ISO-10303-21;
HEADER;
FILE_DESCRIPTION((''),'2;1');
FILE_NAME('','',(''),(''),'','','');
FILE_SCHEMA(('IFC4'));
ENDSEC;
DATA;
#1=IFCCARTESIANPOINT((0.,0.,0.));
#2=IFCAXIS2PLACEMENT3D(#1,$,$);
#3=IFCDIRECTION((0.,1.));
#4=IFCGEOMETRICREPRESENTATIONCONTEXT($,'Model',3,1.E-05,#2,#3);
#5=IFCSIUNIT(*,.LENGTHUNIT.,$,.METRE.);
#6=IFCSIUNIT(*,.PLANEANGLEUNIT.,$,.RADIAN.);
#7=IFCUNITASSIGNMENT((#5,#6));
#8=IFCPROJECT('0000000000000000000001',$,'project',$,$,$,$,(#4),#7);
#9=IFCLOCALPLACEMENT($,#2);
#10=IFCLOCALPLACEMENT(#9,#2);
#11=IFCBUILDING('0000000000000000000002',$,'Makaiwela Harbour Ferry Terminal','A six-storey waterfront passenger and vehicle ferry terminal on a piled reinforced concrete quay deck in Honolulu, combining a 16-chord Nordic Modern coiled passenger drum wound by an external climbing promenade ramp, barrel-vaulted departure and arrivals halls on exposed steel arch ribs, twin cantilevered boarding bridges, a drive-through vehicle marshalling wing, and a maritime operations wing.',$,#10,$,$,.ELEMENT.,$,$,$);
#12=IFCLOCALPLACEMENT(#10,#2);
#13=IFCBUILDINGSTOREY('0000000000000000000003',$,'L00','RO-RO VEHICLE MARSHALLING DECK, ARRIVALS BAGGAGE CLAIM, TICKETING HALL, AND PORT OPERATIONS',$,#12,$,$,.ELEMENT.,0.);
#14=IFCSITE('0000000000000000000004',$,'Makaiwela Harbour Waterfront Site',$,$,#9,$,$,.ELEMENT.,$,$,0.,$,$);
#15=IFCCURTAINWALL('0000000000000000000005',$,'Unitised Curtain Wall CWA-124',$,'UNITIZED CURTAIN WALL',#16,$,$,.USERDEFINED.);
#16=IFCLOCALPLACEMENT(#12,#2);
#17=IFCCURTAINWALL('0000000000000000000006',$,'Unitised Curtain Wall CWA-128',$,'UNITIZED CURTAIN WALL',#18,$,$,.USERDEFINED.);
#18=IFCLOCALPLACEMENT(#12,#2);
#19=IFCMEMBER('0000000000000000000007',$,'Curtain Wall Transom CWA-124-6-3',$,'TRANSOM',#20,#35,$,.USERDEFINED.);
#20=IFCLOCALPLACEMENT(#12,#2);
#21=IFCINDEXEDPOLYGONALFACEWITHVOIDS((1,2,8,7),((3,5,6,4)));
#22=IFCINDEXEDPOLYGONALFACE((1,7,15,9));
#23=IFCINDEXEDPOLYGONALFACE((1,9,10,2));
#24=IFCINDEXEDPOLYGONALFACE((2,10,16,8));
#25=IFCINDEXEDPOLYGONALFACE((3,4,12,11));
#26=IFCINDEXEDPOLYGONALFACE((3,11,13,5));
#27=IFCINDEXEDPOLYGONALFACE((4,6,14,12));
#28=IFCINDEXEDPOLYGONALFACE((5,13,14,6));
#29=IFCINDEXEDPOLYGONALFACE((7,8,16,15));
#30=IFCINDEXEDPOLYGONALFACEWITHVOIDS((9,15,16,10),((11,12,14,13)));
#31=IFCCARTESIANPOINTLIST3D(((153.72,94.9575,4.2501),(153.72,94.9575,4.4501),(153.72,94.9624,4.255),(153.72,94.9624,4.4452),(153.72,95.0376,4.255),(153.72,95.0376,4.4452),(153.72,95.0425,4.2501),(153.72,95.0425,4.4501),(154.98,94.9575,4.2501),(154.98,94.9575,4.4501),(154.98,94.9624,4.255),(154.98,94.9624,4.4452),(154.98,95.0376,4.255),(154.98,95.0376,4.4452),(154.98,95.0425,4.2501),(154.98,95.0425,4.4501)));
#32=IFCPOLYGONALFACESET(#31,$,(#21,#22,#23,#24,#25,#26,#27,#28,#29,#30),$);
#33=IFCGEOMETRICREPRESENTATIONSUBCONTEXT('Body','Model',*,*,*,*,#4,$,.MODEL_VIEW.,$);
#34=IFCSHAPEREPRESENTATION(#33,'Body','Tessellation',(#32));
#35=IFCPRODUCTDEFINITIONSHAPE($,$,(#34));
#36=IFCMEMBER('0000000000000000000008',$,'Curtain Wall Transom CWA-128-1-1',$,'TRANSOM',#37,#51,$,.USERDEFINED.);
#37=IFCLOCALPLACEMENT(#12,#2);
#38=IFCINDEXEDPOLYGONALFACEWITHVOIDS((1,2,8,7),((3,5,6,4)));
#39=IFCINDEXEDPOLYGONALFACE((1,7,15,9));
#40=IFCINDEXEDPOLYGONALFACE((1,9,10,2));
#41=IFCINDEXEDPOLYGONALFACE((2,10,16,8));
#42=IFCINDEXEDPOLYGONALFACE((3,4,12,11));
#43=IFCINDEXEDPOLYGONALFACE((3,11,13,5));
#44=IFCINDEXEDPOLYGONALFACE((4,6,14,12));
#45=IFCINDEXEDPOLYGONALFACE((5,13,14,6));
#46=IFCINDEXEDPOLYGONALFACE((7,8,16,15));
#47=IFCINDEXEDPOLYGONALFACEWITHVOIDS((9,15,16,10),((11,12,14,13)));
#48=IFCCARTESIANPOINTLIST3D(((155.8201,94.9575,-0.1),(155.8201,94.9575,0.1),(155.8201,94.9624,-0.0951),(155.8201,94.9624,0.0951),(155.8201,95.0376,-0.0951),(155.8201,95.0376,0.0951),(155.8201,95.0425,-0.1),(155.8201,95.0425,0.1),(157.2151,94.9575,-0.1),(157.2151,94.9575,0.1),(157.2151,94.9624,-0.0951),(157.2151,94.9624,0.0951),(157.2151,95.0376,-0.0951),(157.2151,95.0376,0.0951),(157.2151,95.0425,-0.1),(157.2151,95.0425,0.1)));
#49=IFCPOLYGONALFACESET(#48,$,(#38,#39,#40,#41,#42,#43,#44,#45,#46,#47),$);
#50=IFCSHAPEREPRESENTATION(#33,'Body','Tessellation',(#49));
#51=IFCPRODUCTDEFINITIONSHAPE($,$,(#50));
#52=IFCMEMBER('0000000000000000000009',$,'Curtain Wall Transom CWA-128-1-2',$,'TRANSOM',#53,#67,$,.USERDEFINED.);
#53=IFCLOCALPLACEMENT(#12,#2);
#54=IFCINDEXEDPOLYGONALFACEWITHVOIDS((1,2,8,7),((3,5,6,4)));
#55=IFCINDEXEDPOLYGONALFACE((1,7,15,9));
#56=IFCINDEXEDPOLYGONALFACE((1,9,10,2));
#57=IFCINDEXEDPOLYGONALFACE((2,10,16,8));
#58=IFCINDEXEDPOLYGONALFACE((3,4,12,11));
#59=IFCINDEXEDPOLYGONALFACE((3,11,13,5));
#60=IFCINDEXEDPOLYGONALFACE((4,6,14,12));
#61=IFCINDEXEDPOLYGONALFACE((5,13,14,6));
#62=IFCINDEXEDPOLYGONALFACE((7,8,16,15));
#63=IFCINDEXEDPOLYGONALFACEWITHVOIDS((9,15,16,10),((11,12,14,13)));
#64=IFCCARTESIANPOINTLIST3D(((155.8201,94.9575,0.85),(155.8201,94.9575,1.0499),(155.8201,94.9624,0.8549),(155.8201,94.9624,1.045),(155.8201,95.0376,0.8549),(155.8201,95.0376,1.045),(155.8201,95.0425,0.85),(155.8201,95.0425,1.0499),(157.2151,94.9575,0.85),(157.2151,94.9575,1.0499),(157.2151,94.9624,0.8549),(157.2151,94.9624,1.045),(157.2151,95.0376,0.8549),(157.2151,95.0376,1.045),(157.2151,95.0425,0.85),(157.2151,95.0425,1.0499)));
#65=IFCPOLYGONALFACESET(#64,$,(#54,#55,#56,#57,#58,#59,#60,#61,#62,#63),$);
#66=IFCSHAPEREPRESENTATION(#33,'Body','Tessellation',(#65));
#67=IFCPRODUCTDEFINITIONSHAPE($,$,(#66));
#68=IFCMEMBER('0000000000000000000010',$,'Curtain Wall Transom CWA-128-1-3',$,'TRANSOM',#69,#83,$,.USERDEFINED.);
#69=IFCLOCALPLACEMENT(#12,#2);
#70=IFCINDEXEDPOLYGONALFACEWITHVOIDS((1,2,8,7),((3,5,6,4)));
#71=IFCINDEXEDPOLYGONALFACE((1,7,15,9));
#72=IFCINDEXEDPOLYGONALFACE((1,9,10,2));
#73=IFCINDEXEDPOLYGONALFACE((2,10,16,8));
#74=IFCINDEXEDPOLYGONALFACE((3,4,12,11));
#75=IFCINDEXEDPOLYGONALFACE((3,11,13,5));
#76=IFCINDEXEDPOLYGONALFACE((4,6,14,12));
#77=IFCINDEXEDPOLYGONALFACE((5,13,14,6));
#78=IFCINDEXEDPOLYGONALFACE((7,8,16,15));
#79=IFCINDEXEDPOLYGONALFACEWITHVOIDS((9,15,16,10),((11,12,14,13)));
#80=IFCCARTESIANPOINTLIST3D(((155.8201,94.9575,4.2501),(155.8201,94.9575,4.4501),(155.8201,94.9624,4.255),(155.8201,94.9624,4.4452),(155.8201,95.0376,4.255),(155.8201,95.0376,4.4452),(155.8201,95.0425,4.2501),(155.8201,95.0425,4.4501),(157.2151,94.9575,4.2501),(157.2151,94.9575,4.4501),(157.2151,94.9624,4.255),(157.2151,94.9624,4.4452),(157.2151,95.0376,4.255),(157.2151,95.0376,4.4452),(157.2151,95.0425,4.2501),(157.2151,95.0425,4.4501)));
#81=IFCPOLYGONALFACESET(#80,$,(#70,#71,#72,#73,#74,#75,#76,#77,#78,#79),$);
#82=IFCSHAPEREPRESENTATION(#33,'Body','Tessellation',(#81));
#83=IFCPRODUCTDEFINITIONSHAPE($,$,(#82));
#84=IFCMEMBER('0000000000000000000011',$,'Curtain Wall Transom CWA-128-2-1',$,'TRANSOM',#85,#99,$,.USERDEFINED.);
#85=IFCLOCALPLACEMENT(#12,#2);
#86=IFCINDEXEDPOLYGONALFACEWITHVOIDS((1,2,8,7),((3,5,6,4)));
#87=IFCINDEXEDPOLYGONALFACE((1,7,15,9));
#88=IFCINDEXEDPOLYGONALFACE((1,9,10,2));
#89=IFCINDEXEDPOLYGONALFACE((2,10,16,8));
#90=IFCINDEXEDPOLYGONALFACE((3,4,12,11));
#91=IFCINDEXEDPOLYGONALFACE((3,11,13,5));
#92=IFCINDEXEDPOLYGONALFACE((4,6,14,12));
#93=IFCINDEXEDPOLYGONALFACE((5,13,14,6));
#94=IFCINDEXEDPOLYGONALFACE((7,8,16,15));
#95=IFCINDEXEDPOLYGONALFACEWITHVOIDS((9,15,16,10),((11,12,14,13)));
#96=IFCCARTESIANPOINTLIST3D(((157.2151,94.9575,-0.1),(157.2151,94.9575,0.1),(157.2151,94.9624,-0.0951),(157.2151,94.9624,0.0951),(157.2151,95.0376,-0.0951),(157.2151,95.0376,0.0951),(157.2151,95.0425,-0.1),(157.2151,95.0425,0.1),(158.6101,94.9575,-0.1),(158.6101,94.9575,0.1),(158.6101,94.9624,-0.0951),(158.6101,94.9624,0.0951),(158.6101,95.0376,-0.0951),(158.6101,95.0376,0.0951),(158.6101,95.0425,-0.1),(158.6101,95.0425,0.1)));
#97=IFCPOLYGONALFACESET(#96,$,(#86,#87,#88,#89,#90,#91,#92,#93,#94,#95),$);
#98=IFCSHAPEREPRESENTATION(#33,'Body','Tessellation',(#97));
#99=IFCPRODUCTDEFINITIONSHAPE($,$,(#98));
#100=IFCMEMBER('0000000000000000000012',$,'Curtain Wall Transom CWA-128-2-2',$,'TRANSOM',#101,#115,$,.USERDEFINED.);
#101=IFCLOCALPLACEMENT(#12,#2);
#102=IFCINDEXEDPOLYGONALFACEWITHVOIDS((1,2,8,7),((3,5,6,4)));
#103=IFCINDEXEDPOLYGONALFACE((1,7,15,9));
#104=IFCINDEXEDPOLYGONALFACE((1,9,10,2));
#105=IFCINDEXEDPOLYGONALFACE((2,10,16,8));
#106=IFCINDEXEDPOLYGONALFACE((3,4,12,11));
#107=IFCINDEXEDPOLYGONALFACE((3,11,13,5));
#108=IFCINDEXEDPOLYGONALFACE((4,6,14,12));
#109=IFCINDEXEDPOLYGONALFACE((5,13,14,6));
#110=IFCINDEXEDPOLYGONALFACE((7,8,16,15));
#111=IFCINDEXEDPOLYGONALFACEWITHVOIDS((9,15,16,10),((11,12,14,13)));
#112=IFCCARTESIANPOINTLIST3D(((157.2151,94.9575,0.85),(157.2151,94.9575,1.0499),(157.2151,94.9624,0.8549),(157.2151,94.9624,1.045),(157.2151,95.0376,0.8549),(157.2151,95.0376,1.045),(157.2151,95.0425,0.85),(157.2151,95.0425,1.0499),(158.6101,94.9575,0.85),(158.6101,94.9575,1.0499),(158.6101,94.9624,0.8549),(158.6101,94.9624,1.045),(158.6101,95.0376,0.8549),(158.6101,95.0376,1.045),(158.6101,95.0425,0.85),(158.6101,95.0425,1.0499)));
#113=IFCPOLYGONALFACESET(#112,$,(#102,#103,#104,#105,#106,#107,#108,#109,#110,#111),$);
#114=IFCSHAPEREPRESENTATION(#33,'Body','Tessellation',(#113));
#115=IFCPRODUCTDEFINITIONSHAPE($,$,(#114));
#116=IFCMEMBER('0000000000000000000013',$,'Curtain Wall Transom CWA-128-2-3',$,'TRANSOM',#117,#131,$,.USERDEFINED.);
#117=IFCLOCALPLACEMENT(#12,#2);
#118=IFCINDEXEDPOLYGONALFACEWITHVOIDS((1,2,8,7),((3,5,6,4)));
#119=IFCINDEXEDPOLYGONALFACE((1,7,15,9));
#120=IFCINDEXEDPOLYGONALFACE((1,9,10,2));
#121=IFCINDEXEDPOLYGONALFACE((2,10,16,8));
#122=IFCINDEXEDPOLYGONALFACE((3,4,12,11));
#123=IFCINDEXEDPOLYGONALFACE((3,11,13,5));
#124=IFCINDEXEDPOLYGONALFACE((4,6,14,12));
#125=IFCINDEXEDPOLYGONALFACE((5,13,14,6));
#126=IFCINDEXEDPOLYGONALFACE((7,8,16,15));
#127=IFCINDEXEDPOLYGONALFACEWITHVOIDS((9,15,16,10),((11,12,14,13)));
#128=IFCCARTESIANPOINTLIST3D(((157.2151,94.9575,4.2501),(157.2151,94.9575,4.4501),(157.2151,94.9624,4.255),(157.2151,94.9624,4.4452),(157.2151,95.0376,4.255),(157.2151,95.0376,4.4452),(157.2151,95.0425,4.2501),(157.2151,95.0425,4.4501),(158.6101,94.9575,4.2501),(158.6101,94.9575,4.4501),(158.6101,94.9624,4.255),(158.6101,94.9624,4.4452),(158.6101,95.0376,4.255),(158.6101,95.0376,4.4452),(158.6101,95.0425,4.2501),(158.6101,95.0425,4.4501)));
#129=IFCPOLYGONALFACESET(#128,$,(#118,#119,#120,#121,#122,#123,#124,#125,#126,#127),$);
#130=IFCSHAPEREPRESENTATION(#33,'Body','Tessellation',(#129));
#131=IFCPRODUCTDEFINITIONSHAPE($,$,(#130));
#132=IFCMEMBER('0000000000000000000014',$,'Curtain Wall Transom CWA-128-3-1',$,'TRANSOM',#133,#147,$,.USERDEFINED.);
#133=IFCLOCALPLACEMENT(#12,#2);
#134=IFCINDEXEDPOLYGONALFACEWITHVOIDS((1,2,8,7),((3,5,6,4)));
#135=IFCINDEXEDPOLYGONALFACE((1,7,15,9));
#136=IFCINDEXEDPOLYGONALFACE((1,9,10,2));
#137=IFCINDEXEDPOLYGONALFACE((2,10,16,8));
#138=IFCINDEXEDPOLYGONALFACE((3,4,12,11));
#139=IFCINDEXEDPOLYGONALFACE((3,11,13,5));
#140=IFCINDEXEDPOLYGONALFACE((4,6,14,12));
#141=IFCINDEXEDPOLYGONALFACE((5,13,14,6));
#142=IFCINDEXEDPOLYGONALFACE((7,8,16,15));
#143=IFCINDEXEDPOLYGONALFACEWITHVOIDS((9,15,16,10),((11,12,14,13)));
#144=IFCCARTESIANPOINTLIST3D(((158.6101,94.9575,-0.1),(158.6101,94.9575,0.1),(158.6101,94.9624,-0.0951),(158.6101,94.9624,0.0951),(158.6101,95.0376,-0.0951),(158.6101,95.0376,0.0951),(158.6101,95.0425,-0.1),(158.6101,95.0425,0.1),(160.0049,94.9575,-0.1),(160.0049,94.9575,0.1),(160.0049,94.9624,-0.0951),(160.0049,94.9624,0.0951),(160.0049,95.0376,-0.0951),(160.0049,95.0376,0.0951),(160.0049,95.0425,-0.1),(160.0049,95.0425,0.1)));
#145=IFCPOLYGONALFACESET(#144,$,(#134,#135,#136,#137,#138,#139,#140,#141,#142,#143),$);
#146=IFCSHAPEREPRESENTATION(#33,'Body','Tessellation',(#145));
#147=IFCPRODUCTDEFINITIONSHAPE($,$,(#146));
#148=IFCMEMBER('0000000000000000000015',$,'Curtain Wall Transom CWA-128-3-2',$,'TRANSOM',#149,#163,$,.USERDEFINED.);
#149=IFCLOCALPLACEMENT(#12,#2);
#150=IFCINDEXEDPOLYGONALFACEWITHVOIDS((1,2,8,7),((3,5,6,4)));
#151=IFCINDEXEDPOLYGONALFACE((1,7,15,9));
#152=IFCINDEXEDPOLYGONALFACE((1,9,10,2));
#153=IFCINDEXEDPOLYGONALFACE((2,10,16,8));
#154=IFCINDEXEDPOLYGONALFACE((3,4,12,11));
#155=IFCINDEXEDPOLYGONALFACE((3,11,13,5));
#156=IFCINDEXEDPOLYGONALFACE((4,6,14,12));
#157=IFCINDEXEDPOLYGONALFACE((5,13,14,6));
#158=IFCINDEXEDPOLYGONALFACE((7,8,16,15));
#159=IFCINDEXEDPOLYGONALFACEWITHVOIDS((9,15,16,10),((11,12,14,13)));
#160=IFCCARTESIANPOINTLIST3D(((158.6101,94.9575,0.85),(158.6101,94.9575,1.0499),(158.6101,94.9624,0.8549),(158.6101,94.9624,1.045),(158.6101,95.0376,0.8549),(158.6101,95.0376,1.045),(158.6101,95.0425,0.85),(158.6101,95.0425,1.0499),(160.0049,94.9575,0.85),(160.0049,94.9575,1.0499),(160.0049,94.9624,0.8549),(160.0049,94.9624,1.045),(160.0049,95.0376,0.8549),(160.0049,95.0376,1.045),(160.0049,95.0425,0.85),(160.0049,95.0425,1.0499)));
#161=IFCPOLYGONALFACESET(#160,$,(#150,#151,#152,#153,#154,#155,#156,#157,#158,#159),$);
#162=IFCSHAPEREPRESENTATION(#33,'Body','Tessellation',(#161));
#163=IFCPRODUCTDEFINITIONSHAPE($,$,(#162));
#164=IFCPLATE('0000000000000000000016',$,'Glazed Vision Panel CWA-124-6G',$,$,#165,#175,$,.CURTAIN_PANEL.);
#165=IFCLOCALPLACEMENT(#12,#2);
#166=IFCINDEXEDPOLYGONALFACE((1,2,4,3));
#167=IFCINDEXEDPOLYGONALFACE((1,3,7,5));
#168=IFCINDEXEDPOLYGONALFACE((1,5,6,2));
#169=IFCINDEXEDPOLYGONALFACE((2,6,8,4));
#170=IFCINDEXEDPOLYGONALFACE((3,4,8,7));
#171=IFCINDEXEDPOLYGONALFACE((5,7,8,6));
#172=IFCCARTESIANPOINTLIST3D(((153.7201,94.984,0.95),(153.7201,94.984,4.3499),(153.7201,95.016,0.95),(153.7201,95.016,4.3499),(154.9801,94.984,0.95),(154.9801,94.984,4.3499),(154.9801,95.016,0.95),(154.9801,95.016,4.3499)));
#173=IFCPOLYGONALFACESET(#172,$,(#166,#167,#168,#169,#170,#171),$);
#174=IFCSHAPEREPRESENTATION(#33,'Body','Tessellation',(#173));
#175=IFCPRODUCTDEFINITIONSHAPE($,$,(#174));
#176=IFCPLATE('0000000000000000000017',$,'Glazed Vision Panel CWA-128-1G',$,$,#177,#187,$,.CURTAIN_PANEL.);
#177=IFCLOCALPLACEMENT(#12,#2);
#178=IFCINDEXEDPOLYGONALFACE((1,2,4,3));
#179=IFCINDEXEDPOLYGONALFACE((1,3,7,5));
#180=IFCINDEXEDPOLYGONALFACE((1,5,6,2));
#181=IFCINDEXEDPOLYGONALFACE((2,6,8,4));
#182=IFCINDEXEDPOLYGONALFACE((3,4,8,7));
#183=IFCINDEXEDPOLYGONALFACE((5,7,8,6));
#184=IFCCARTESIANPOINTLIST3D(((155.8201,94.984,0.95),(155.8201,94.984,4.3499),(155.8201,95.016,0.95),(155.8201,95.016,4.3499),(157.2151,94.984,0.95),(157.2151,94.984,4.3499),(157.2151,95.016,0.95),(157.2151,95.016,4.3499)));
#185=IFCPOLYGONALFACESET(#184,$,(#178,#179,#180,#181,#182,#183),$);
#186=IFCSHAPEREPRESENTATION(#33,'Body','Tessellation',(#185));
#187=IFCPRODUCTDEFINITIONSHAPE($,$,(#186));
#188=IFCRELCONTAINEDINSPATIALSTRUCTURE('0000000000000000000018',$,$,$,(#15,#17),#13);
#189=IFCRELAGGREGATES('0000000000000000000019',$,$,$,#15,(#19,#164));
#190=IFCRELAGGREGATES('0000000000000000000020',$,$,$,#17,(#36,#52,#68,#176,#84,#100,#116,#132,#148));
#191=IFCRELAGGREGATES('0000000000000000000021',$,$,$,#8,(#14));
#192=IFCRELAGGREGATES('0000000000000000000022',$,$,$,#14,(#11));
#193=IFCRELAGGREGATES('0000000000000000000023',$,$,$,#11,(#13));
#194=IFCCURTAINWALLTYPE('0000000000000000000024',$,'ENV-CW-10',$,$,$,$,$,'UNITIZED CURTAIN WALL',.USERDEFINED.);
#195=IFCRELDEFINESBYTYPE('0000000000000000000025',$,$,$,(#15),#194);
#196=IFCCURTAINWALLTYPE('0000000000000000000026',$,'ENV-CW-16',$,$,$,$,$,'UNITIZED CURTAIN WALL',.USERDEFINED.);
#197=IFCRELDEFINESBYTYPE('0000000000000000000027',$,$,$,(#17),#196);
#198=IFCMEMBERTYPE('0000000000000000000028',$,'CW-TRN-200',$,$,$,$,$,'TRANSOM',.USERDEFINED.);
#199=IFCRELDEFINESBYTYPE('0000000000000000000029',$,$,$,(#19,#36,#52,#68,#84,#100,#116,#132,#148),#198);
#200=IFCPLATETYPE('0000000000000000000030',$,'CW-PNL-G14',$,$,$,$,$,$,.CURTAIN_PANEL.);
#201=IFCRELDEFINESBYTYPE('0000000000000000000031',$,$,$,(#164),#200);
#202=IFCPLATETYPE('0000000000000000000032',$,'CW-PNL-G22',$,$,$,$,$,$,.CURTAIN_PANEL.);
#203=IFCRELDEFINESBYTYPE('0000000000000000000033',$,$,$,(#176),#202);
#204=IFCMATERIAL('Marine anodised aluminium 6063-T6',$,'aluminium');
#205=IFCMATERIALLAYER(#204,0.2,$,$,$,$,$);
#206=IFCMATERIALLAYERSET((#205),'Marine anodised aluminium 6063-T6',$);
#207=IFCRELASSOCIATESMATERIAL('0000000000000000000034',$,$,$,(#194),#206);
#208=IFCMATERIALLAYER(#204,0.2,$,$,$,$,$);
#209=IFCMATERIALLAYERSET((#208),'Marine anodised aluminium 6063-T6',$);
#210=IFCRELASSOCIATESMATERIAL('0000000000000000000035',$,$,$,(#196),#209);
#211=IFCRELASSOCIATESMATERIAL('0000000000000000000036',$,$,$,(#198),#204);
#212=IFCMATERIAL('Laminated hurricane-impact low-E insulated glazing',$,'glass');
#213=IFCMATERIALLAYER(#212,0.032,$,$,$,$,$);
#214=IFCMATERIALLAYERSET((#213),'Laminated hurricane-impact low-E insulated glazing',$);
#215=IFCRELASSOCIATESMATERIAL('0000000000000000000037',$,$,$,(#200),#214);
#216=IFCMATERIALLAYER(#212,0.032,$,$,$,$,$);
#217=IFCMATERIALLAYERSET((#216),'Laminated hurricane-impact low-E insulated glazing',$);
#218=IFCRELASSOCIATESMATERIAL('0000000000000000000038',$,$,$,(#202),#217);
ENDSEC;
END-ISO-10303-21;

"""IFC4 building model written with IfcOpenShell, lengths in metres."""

from ifc_helpers import new_model, si_unit, direction, frame, origin, origin_2d, place, context, subcontext, project, spatial, rectangle, hollow_rectangle, extrude, material, layer, layer_set, material_profile, profile_set, type_object, element, aggregate, save


model = new_model("IFC4")

# Units and contexts
model_context = context("Model", 3, precision=1e-05, world=origin(), true_north=direction((0.0, 1.0)))
body_context = subcontext(model_context, "Body", "Model", "MODEL_VIEW")
ifc_project = project(units=[si_unit("LENGTHUNIT", "METRE"), si_unit("PLANEANGLEUNIT", "RADIAN")], contexts=[model_context])

# Site, building, storey
site_placement = place(None, origin())
site = spatial("IfcSite", under=ifc_project, at=site_placement, Name="Makaiwela Harbour Waterfront Site", CompositionType="ELEMENT", RefElevation=0.0)
building_placement = place(site_placement, origin())
building = spatial("IfcBuilding", under=site, at=building_placement, Name="Makaiwela Harbour Ferry Terminal", Description="A six-storey waterfront passenger and vehicle ferry terminal on a piled reinforced concrete quay deck in Honolulu, combining a 16-chord Nordic Modern coiled passenger drum wound by an external climbing promenade ramp, barrel-vaulted departure and arrivals halls on exposed steel arch ribs, twin cantilevered boarding bridges, a drive-through vehicle marshalling wing, and a maritime operations wing.", CompositionType="ELEMENT")
storey_placement = place(building_placement, origin())
storey = spatial("IfcBuildingStorey", under=building, at=storey_placement, Name="L00", Description="RO-RO VEHICLE MARSHALLING DECK, ARRIVALS BAGGAGE CLAIM, TICKETING HALL, AND PORT OPERATIONS", CompositionType="ELEMENT", Elevation=0.0)

# Curtain wall
ifc_material_1 = material(Name="Marine anodised aluminium 6063-T6", Category="aluminium")
ifc_layer_1 = layer(ifc_material_1, 0.2)
ifc_layer_set_1 = layer_set([ifc_layer_1], Name="Marine anodised aluminium 6063-T6")
curtain_wall_type_1 = type_object("IfcCurtainWallType", Name="ENV-CW-10", ElementType="UNITIZED CURTAIN WALL", PredefinedType="USERDEFINED", material=ifc_layer_set_1)
curtain_wall_1_placement = place(storey_placement, origin())
curtain_wall_1 = element("IfcCurtainWall", 1, at=curtain_wall_1_placement, inside=storey, type_object=curtain_wall_type_1, Name="Unitised Curtain Wall CWA-124", ObjectType="UNITIZED CURTAIN WALL", PredefinedType="USERDEFINED")

# Curtain wall
ifc_layer_2 = layer(ifc_material_1, 0.2)
ifc_layer_set_2 = layer_set([ifc_layer_2], Name="Marine anodised aluminium 6063-T6")
curtain_wall_type_2 = type_object("IfcCurtainWallType", Name="ENV-CW-16", ElementType="UNITIZED CURTAIN WALL", PredefinedType="USERDEFINED", material=ifc_layer_set_2)
curtain_wall_2_placement = place(storey_placement, origin())
curtain_wall_2 = element("IfcCurtainWall", 2, at=curtain_wall_2_placement, inside=storey, type_object=curtain_wall_type_2, Name="Unitised Curtain Wall CWA-128", ObjectType="UNITIZED CURTAIN WALL", PredefinedType="USERDEFINED")

# Members
ifc_material_profile_1 = material_profile(ifc_material_1, hollow_rectangle(XDim=0.085, YDim=0.2, WallThickness=0.0049, at=origin_2d()), Name="CWT-200X85")
ifc_profile_set_1 = profile_set([ifc_material_profile_1], Name="Marine anodised aluminium 6063-T6")
member_type_1 = type_object("IfcMemberType", Name="CW-TRN-200", ElementType="TRANSOM", PredefinedType="USERDEFINED", material=ifc_profile_set_1)
member_1_placement = place(storey_placement, frame((153.72, 95.0, 4.3501), z_axis=(1.0, 0.0, 0.0), x_axis=(0.0, 1.0, 0.0)))
member_1 = element("IfcMember", 3, at=member_1_placement, type_object=member_type_1, Name="Curtain Wall Transom CWA-124-6-3", ObjectType="TRANSOM", PredefinedType="USERDEFINED", context=body_context, shape_type="SweptSolid", body=[
    extrude(hollow_rectangle(XDim=0.085, YDim=0.2, WallThickness=0.0049, at=origin_2d()), origin(), (0.0, 0.0, 1.0), 1.26),
])
member_2_placement = place(storey_placement, frame((155.8201, 95.0, 0.0), z_axis=(1.0, 0.0, 0.0), x_axis=(0.0, 1.0, 0.0)))
member_2 = element("IfcMember", 4, at=member_2_placement, type_object=member_type_1, Name="Curtain Wall Transom CWA-128-1-1", ObjectType="TRANSOM", PredefinedType="USERDEFINED", context=body_context, shape_type="SweptSolid", body=[
    extrude(hollow_rectangle(XDim=0.085, YDim=0.2, WallThickness=0.0049, at=origin_2d()), origin(), (0.0, 0.0, 1.0), 1.395),
])
member_3_placement = place(storey_placement, frame((155.8201, 95.0, 0.95), z_axis=(1.0, 0.0, 0.0), x_axis=(0.0, 1.0, 0.0)))
member_3 = element("IfcMember", 5, at=member_3_placement, type_object=member_type_1, Name="Curtain Wall Transom CWA-128-1-2", ObjectType="TRANSOM", PredefinedType="USERDEFINED", context=body_context, shape_type="SweptSolid", body=[
    extrude(hollow_rectangle(XDim=0.085, YDim=0.2, WallThickness=0.0049, at=origin_2d()), origin(), (0.0, 0.0, 1.0), 1.395),
])
member_4_placement = place(storey_placement, frame((155.8201, 95.0, 4.3501), z_axis=(1.0, 0.0, 0.0), x_axis=(0.0, 1.0, 0.0)))
member_4 = element("IfcMember", 6, at=member_4_placement, type_object=member_type_1, Name="Curtain Wall Transom CWA-128-1-3", ObjectType="TRANSOM", PredefinedType="USERDEFINED", context=body_context, shape_type="SweptSolid", body=[
    extrude(hollow_rectangle(XDim=0.085, YDim=0.2, WallThickness=0.0049, at=origin_2d()), origin(), (0.0, 0.0, 1.0), 1.395),
])
member_5_placement = place(storey_placement, frame((157.2151, 95.0, 0.0), z_axis=(1.0, 0.0, 0.0), x_axis=(0.0, 1.0, 0.0)))
member_5 = element("IfcMember", 7, at=member_5_placement, type_object=member_type_1, Name="Curtain Wall Transom CWA-128-2-1", ObjectType="TRANSOM", PredefinedType="USERDEFINED", context=body_context, shape_type="SweptSolid", body=[
    extrude(hollow_rectangle(XDim=0.085, YDim=0.2, WallThickness=0.0049, at=origin_2d()), origin(), (0.0, 0.0, 1.0), 1.395),
])
member_6_placement = place(storey_placement, frame((157.2151, 95.0, 0.95), z_axis=(1.0, 0.0, 0.0), x_axis=(0.0, 1.0, 0.0)))
member_6 = element("IfcMember", 8, at=member_6_placement, type_object=member_type_1, Name="Curtain Wall Transom CWA-128-2-2", ObjectType="TRANSOM", PredefinedType="USERDEFINED", context=body_context, shape_type="SweptSolid", body=[
    extrude(hollow_rectangle(XDim=0.085, YDim=0.2, WallThickness=0.0049, at=origin_2d()), origin(), (0.0, 0.0, 1.0), 1.395),
])
member_7_placement = place(storey_placement, frame((157.2151, 95.0, 4.3501), z_axis=(1.0, 0.0, 0.0), x_axis=(0.0, 1.0, 0.0)))
member_7 = element("IfcMember", 9, at=member_7_placement, type_object=member_type_1, Name="Curtain Wall Transom CWA-128-2-3", ObjectType="TRANSOM", PredefinedType="USERDEFINED", context=body_context, shape_type="SweptSolid", body=[
    extrude(hollow_rectangle(XDim=0.085, YDim=0.2, WallThickness=0.0049, at=origin_2d()), origin(), (0.0, 0.0, 1.0), 1.395),
])
member_8_placement = place(storey_placement, frame((158.6101, 95.0, 0.0), z_axis=(1.0, 0.0, 0.0), x_axis=(0.0, 1.0, 0.0)))
member_8 = element("IfcMember", 10, at=member_8_placement, type_object=member_type_1, Name="Curtain Wall Transom CWA-128-3-1", ObjectType="TRANSOM", PredefinedType="USERDEFINED", context=body_context, shape_type="SweptSolid", body=[
    extrude(hollow_rectangle(XDim=0.085, YDim=0.2, WallThickness=0.0049, at=origin_2d()), origin(), (0.0, 0.0, 1.0), 1.3948),
])
member_9_placement = place(storey_placement, frame((158.6101, 95.0, 0.95), z_axis=(1.0, 0.0, 0.0), x_axis=(0.0, 1.0, 0.0)))
member_9 = element("IfcMember", 11, at=member_9_placement, type_object=member_type_1, Name="Curtain Wall Transom CWA-128-3-2", ObjectType="TRANSOM", PredefinedType="USERDEFINED", context=body_context, shape_type="SweptSolid", body=[
    extrude(hollow_rectangle(XDim=0.085, YDim=0.2, WallThickness=0.0049, at=origin_2d()), origin(), (0.0, 0.0, 1.0), 1.3948),
])

# Plates
ifc_material_2 = material(Name="Laminated hurricane-impact low-E insulated glazing", Category="glass")
ifc_layer_3 = layer(ifc_material_2, 0.032)
ifc_layer_set_3 = layer_set([ifc_layer_3], Name="Laminated hurricane-impact low-E insulated glazing")
plate_type_1 = type_object("IfcPlateType", Name="CW-PNL-G14", PredefinedType="CURTAIN_PANEL", material=ifc_layer_set_3)
plate_1_placement = place(storey_placement, frame((154.3501, 95.0, 0.95), z_axis=(0.0, 0.0, 1.0), x_axis=(1.0, 0.0, 0.0)))
plate_1 = element("IfcPlate", 12, at=plate_1_placement, type_object=plate_type_1, Name="Glazed Vision Panel CWA-124-6G", PredefinedType="CURTAIN_PANEL", context=body_context, shape_type="SweptSolid", body=[
    extrude(rectangle(XDim=1.26, YDim=0.032, at=origin_2d()), origin(), (0.0, 0.0, 1.0), 3.3999),
])
ifc_layer_4 = layer(ifc_material_2, 0.032)
ifc_layer_set_4 = layer_set([ifc_layer_4], Name="Laminated hurricane-impact low-E insulated glazing")
plate_type_2 = type_object("IfcPlateType", Name="CW-PNL-G22", PredefinedType="CURTAIN_PANEL", material=ifc_layer_set_4)
plate_2_placement = place(storey_placement, frame((156.5176, 95.0, 0.95), z_axis=(0.0, 0.0, 1.0), x_axis=(1.0, 0.0, 0.0)))
plate_2 = element("IfcPlate", 13, at=plate_2_placement, type_object=plate_type_2, Name="Glazed Vision Panel CWA-128-1G", PredefinedType="CURTAIN_PANEL", context=body_context, shape_type="SweptSolid", body=[
    extrude(rectangle(XDim=1.395, YDim=0.032, at=origin_2d()), origin(), (0.0, 0.0, 1.0), 3.3999),
])
aggregate(curtain_wall_1, [member_1, plate_1])
aggregate(curtain_wall_2, [member_2, member_3, member_4, plate_2, member_5, member_6, member_7, member_8, member_9])

save(model, "model.ifc")
